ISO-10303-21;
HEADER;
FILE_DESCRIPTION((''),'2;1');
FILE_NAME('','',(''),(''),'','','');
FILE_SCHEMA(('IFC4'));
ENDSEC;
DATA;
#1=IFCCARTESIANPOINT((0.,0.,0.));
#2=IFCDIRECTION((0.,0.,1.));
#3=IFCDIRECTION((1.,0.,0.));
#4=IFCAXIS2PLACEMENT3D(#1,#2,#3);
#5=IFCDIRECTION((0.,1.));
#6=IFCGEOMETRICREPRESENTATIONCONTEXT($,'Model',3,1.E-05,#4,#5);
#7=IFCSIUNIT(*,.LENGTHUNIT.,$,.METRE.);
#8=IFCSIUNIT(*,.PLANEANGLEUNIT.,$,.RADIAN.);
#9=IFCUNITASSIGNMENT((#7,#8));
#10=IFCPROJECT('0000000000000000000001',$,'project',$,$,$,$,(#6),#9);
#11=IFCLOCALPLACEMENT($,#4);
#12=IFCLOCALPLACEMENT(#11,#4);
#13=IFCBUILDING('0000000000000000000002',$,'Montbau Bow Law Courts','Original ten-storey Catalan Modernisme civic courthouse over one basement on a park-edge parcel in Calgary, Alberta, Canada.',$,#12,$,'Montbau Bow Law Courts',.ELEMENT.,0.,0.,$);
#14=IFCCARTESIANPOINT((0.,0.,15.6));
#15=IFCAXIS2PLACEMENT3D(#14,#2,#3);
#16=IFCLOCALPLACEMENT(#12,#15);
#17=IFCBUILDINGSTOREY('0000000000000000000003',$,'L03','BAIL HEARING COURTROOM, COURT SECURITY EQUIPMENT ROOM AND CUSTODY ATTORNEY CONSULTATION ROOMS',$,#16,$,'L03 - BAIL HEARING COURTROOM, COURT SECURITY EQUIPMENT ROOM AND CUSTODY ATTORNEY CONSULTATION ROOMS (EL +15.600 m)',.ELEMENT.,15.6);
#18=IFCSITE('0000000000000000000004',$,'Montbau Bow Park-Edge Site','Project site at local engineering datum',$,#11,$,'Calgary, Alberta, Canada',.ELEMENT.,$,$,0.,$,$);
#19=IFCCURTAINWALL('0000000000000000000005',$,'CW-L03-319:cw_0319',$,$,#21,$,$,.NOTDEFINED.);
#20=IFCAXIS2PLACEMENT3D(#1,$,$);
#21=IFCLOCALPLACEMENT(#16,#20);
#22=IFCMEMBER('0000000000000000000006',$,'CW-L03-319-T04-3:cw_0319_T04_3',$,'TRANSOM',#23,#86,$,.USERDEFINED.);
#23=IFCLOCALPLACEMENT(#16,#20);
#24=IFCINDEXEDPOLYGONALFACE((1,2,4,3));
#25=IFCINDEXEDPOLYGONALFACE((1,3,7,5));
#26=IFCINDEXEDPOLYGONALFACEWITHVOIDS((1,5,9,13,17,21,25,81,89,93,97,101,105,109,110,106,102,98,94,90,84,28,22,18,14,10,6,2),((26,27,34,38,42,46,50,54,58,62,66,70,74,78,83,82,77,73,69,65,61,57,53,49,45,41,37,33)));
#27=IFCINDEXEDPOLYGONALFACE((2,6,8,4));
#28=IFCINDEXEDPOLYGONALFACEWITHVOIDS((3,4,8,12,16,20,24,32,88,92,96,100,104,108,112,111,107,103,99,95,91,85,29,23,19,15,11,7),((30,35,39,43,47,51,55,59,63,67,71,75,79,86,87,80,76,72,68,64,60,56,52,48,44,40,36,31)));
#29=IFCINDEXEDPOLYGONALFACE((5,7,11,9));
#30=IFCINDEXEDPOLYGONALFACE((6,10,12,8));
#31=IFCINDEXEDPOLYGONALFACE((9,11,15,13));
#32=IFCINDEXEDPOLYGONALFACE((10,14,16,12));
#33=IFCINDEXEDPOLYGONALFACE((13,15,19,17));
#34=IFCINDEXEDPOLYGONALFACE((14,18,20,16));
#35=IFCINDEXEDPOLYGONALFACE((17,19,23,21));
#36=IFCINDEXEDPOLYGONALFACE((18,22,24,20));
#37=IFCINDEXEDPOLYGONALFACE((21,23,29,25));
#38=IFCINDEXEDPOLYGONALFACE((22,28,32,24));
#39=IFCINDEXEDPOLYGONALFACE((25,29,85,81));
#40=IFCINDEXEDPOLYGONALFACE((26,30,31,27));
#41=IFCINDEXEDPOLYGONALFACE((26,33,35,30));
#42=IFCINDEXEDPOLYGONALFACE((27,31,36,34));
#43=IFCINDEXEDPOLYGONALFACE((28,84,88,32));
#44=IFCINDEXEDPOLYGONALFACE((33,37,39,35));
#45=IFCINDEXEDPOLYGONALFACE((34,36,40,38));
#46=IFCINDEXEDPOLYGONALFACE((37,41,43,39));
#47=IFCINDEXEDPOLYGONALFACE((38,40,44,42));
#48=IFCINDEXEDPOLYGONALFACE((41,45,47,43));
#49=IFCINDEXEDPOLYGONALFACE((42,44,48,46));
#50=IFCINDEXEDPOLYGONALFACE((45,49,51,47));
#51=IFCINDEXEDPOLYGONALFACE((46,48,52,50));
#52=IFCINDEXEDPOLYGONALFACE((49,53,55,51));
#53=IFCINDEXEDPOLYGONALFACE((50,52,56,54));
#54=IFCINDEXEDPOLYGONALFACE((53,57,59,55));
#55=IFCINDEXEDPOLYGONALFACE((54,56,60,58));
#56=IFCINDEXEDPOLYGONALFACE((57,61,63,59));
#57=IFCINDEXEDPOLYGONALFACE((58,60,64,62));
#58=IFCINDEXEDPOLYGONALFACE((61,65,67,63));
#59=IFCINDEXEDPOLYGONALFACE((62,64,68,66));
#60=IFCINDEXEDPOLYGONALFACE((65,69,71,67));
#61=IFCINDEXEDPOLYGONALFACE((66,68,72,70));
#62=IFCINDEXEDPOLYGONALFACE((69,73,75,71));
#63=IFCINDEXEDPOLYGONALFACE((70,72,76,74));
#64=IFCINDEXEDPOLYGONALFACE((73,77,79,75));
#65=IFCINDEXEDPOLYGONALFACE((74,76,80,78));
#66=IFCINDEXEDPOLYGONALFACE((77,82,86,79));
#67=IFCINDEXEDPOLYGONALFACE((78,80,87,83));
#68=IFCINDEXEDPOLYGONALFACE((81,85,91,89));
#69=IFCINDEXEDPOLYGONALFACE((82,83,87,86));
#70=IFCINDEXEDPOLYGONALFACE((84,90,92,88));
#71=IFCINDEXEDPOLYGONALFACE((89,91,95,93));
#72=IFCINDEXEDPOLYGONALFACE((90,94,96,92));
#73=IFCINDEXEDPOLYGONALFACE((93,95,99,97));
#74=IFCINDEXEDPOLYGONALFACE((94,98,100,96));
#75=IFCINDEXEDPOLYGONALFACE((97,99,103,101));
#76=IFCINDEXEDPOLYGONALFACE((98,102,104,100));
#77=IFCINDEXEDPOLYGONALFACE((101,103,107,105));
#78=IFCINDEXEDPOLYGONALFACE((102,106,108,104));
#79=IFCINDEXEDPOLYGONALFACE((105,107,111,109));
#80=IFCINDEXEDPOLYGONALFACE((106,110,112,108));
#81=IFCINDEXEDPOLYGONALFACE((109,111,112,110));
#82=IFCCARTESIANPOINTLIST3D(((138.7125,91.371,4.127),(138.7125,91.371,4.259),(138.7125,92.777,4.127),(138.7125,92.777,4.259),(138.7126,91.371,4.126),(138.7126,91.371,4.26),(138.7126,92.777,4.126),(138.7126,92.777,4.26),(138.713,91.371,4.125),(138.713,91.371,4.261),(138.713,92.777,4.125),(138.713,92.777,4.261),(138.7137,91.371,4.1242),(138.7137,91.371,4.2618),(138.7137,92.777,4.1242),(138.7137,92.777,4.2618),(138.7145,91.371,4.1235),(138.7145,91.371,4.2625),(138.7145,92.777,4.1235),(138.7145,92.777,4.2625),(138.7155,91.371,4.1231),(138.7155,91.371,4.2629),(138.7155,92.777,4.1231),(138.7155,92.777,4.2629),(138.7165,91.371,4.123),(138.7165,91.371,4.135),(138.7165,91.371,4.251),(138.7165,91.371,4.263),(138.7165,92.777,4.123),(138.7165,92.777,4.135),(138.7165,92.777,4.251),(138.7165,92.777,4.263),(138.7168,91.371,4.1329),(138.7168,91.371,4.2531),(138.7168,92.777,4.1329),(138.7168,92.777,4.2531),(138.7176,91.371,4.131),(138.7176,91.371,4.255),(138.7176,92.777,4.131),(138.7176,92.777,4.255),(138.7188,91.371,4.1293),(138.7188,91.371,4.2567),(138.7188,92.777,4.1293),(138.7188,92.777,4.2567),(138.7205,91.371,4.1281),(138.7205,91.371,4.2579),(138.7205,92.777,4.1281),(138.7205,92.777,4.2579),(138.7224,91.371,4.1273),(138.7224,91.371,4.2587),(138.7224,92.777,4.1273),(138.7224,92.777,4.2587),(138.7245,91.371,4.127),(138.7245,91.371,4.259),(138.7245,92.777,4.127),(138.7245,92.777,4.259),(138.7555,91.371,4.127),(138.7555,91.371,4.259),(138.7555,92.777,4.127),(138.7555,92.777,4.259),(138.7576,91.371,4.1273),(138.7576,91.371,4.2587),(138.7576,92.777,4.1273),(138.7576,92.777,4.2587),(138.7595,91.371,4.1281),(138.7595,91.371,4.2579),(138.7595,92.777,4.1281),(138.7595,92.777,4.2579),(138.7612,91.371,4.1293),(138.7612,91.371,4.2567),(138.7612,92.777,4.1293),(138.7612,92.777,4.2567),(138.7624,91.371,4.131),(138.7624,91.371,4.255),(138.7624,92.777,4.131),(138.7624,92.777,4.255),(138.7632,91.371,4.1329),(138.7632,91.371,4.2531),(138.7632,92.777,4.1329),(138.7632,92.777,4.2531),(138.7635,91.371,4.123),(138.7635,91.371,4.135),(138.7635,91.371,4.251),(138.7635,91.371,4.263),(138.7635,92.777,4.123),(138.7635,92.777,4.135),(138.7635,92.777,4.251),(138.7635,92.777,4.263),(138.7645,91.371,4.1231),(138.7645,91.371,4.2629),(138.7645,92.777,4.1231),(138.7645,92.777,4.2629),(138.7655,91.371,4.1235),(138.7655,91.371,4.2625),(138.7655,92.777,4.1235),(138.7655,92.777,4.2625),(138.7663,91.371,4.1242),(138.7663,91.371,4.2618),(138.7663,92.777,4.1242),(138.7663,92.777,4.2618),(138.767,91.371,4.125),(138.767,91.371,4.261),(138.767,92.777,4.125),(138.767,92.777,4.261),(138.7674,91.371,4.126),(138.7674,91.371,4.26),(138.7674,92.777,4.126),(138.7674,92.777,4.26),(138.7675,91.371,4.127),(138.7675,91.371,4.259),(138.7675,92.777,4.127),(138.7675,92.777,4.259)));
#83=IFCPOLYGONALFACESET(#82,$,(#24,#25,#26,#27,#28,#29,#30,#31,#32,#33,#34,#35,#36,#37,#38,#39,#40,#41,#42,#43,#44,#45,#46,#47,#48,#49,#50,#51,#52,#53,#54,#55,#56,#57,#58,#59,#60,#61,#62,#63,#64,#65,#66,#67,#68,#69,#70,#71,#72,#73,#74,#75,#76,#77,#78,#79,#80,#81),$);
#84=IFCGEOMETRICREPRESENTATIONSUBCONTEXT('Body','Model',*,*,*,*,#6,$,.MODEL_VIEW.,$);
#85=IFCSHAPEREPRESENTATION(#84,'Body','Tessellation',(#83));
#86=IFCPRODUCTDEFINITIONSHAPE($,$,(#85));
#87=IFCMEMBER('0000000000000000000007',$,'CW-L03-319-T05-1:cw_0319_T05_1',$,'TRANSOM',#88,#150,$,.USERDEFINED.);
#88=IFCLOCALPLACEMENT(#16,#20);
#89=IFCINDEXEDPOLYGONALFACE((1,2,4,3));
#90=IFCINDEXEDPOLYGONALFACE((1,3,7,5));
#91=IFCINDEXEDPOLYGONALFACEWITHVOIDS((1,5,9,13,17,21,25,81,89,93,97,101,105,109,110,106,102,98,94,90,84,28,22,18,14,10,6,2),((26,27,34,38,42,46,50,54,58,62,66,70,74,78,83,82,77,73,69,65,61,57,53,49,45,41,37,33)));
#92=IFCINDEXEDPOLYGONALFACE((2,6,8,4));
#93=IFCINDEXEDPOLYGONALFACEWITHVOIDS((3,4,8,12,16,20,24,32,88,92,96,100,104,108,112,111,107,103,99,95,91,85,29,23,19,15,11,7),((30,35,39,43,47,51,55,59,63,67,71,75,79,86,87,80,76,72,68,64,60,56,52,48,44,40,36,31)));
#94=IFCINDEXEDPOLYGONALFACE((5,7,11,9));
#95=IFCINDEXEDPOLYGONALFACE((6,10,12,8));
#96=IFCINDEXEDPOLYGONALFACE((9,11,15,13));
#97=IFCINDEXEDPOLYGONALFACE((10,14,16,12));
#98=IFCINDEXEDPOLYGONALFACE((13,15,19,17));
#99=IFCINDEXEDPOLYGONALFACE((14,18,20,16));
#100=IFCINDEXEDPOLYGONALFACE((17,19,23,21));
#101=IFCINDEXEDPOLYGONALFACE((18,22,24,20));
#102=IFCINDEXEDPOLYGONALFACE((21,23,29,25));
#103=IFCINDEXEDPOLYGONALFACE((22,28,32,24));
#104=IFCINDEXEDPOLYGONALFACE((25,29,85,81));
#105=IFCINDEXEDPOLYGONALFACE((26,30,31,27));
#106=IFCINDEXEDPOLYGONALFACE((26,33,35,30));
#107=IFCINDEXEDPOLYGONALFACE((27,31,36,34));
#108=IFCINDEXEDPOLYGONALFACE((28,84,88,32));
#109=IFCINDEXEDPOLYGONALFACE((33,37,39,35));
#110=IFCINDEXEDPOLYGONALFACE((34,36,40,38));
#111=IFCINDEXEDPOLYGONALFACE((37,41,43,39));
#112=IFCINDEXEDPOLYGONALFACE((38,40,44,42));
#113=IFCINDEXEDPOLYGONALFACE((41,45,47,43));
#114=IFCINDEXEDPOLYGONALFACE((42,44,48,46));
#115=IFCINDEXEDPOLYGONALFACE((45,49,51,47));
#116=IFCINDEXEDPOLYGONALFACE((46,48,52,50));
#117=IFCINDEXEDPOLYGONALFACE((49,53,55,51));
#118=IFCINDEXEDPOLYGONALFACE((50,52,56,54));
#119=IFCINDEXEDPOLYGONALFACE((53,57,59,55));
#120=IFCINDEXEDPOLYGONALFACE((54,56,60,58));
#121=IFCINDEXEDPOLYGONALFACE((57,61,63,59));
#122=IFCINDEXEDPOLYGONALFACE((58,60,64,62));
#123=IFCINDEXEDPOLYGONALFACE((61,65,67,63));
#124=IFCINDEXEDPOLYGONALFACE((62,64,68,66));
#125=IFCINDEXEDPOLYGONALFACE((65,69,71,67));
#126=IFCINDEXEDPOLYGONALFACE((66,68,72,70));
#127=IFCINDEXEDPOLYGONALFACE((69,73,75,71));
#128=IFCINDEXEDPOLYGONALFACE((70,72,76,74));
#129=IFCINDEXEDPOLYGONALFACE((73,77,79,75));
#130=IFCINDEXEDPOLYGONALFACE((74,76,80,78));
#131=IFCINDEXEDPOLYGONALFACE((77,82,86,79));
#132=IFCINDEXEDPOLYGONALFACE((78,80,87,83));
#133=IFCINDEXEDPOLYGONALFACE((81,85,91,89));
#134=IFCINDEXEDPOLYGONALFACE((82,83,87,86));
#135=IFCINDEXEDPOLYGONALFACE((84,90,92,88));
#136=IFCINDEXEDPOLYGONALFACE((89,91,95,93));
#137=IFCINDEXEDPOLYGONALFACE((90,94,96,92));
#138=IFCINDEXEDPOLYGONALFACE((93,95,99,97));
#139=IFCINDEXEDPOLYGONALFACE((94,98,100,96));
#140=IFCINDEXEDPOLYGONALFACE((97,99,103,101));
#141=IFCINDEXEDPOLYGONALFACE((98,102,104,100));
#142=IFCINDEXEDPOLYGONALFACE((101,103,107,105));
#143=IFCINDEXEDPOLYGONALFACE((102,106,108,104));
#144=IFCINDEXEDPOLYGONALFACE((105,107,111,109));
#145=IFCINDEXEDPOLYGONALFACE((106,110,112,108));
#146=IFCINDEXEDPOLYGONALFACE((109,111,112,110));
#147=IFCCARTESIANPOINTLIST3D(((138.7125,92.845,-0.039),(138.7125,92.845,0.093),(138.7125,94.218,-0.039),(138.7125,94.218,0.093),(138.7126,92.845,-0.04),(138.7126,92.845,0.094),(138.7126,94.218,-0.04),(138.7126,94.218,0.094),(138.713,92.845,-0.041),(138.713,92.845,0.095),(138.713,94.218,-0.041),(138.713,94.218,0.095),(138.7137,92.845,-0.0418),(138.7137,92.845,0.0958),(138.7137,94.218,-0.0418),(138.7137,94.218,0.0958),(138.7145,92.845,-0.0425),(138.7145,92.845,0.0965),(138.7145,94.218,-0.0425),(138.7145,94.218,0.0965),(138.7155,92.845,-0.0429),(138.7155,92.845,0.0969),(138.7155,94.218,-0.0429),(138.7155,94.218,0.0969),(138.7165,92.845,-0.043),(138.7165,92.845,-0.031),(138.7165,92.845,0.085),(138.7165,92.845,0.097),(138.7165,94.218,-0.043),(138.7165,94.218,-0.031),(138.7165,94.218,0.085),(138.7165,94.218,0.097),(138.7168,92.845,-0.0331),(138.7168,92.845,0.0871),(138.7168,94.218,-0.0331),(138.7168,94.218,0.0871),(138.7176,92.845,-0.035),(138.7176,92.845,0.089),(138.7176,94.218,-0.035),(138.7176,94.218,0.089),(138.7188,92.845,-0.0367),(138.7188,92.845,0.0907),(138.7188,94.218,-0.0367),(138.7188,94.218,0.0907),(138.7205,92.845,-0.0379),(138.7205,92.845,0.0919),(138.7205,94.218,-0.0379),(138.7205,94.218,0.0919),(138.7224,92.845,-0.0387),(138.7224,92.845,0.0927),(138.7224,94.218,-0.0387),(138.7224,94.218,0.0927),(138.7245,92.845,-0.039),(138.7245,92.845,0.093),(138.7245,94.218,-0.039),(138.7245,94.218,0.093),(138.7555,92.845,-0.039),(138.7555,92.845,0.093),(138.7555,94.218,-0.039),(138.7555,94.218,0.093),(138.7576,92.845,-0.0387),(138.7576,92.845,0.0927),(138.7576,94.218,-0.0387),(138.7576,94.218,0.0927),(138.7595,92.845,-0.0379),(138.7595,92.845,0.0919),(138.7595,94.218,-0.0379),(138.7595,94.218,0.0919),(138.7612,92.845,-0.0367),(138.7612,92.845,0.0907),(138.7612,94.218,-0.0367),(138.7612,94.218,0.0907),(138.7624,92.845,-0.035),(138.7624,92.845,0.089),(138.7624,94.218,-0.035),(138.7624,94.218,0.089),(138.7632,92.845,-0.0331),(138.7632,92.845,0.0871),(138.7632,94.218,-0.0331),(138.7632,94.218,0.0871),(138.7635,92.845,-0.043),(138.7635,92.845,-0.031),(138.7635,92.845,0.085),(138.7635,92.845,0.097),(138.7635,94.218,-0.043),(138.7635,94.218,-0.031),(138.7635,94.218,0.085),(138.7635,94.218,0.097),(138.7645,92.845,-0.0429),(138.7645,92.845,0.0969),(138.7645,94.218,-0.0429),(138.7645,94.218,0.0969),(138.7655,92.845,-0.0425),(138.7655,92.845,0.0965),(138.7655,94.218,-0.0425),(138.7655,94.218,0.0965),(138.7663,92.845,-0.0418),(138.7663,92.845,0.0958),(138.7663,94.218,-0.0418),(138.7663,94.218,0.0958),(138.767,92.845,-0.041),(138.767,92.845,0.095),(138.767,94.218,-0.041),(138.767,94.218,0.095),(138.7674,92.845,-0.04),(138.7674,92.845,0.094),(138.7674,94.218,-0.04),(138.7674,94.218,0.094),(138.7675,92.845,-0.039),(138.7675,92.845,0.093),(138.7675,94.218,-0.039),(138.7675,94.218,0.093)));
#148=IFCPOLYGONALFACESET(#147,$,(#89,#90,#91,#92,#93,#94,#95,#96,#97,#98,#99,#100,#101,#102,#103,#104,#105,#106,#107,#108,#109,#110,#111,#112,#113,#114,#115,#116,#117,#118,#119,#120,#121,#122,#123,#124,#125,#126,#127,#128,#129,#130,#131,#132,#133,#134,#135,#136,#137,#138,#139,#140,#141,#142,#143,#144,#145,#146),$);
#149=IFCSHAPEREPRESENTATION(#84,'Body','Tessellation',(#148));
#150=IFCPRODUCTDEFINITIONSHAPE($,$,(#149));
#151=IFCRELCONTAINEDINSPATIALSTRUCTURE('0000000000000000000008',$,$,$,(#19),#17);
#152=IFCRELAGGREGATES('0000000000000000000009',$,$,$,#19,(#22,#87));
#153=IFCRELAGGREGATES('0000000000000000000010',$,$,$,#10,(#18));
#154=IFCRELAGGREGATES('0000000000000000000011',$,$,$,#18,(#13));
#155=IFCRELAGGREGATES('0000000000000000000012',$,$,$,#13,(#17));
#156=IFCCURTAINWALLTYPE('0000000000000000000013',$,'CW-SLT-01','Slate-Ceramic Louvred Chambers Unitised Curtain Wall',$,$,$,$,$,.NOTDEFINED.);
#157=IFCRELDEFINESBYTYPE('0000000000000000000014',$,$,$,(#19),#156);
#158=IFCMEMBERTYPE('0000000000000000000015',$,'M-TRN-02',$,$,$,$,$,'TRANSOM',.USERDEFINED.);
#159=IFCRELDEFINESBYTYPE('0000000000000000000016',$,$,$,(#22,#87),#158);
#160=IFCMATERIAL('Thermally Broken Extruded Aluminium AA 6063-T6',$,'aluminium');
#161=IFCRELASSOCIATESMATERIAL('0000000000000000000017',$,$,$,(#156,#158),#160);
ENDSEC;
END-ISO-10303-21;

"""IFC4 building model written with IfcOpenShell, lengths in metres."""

from ifc_helpers import new_model, si_unit, direction, frame, origin_with_axes, origin_2d_with_axis, place, context, subcontext, project, spatial, hollow_rectangle, extrude, material, material_profile, profile_set, type_object, element, aggregate, save


model = new_model("IFC4")

# Units and contexts
model_context = context("Model", 3, precision=1e-05, world=origin_with_axes(), true_north=direction((0.0, 1.0)))
body_context = subcontext(model_context, "Body", "Model", "MODEL_VIEW")
ifc_project = project(units=[si_unit("LENGTHUNIT", "METRE"), si_unit("PLANEANGLEUNIT", "RADIAN")], contexts=[model_context])

# Site, building, storey
site_placement = place(None, origin_with_axes())
site = spatial("IfcSite", under=ifc_project, at=site_placement, Name="Montbau Bow Park-Edge Site", Description="Project site at local engineering datum", LongName="Calgary, Alberta, Canada", CompositionType="ELEMENT", RefElevation=0.0)
building_placement = place(site_placement, origin_with_axes())
building = spatial("IfcBuilding", under=site, at=building_placement, Name="Montbau Bow Law Courts", Description="Original ten-storey Catalan Modernisme civic courthouse over one basement on a park-edge parcel in Calgary, Alberta, Canada.", LongName="Montbau Bow Law Courts", CompositionType="ELEMENT", ElevationOfRefHeight=0.0, ElevationOfTerrain=0.0)
storey_placement = place(building_placement, frame((0.0, 0.0, 15.6), z_axis=(0.0, 0.0, 1.0), x_axis=(1.0, 0.0, 0.0)))
storey = spatial("IfcBuildingStorey", under=building, at=storey_placement, Name="L03", Description="BAIL HEARING COURTROOM, COURT SECURITY EQUIPMENT ROOM AND CUSTODY ATTORNEY CONSULTATION ROOMS", LongName="L03 - BAIL HEARING COURTROOM, COURT SECURITY EQUIPMENT ROOM AND CUSTODY ATTORNEY CONSULTATION ROOMS (EL +15.600 m)", CompositionType="ELEMENT", Elevation=15.6)

# Curtain wall, members
ifc_material_1 = material(Name="Thermally Broken Extruded Aluminium AA 6063-T6", Category="aluminium")
curtain_wall_type = type_object("IfcCurtainWallType", Name="CW-SLT-01", Description="Slate-Ceramic Louvred Chambers Unitised Curtain Wall", PredefinedType="NOTDEFINED", material=ifc_material_1)
curtain_wall_placement = place(None, frame((138.74, 86.915, 15.6), z_axis=(0.0, 0.0, 1.0), x_axis=(1.0, 0.0, 0.0)))
curtain_wall = element("IfcCurtainWall", 1, at=curtain_wall_placement, inside=storey, type_object=curtain_wall_type, Name="CW-L03-319:cw_0319", PredefinedType="NOTDEFINED")
ifc_material_profile_1 = material_profile(ifc_material_1, hollow_rectangle(XDim=0.055, YDim=0.14, WallThickness=0.004, InnerFilletRadius=0.008, OuterFilletRadius=0.004, at=origin_2d_with_axis()), Name="CWT-140X55", Category="Main", Priority=0)
ifc_profile_set_1 = profile_set([ifc_material_profile_1], Name="Thermally Broken Extruded Aluminium AA 6063-T6")
member_type_1 = type_object("IfcMemberType", Name="M-TRN-02", ElementType="TRANSOM", PredefinedType="USERDEFINED", material=ifc_profile_set_1)
member_1_placement = place(None, frame((138.74, 91.371, 19.793), z_axis=(0.0, 1.0, 0.0), x_axis=(-1.0, 0.0, 0.0)))
member_1 = element("IfcMember", 2, at=member_1_placement, type_object=member_type_1, Name="CW-L03-319-T04-3:cw_0319_T04_3", ObjectType="TRANSOM", PredefinedType="USERDEFINED", context=body_context, shape_type="SweptSolid", body=[
    extrude(hollow_rectangle(XDim=0.055, YDim=0.14, WallThickness=0.004, InnerFilletRadius=0.008, OuterFilletRadius=0.004, at=origin_2d_with_axis()), origin_with_axes(), (0.0, 0.0, 1.0), 1.406),
])
member_2_placement = place(None, frame((138.74, 92.845, 15.627), z_axis=(0.0, 1.0, 0.0), x_axis=(-1.0, 0.0, 0.0)))
member_2 = element("IfcMember", 3, at=member_2_placement, type_object=member_type_1, Name="CW-L03-319-T05-1:cw_0319_T05_1", ObjectType="TRANSOM", PredefinedType="USERDEFINED", context=body_context, shape_type="SweptSolid", body=[
    extrude(hollow_rectangle(XDim=0.055, YDim=0.14, WallThickness=0.004, InnerFilletRadius=0.008, OuterFilletRadius=0.004, at=origin_2d_with_axis()), origin_with_axes(), (0.0, 0.0, 1.0), 1.373),
])
aggregate(curtain_wall, [member_1, member_2])

save(model, "model.ifc")
